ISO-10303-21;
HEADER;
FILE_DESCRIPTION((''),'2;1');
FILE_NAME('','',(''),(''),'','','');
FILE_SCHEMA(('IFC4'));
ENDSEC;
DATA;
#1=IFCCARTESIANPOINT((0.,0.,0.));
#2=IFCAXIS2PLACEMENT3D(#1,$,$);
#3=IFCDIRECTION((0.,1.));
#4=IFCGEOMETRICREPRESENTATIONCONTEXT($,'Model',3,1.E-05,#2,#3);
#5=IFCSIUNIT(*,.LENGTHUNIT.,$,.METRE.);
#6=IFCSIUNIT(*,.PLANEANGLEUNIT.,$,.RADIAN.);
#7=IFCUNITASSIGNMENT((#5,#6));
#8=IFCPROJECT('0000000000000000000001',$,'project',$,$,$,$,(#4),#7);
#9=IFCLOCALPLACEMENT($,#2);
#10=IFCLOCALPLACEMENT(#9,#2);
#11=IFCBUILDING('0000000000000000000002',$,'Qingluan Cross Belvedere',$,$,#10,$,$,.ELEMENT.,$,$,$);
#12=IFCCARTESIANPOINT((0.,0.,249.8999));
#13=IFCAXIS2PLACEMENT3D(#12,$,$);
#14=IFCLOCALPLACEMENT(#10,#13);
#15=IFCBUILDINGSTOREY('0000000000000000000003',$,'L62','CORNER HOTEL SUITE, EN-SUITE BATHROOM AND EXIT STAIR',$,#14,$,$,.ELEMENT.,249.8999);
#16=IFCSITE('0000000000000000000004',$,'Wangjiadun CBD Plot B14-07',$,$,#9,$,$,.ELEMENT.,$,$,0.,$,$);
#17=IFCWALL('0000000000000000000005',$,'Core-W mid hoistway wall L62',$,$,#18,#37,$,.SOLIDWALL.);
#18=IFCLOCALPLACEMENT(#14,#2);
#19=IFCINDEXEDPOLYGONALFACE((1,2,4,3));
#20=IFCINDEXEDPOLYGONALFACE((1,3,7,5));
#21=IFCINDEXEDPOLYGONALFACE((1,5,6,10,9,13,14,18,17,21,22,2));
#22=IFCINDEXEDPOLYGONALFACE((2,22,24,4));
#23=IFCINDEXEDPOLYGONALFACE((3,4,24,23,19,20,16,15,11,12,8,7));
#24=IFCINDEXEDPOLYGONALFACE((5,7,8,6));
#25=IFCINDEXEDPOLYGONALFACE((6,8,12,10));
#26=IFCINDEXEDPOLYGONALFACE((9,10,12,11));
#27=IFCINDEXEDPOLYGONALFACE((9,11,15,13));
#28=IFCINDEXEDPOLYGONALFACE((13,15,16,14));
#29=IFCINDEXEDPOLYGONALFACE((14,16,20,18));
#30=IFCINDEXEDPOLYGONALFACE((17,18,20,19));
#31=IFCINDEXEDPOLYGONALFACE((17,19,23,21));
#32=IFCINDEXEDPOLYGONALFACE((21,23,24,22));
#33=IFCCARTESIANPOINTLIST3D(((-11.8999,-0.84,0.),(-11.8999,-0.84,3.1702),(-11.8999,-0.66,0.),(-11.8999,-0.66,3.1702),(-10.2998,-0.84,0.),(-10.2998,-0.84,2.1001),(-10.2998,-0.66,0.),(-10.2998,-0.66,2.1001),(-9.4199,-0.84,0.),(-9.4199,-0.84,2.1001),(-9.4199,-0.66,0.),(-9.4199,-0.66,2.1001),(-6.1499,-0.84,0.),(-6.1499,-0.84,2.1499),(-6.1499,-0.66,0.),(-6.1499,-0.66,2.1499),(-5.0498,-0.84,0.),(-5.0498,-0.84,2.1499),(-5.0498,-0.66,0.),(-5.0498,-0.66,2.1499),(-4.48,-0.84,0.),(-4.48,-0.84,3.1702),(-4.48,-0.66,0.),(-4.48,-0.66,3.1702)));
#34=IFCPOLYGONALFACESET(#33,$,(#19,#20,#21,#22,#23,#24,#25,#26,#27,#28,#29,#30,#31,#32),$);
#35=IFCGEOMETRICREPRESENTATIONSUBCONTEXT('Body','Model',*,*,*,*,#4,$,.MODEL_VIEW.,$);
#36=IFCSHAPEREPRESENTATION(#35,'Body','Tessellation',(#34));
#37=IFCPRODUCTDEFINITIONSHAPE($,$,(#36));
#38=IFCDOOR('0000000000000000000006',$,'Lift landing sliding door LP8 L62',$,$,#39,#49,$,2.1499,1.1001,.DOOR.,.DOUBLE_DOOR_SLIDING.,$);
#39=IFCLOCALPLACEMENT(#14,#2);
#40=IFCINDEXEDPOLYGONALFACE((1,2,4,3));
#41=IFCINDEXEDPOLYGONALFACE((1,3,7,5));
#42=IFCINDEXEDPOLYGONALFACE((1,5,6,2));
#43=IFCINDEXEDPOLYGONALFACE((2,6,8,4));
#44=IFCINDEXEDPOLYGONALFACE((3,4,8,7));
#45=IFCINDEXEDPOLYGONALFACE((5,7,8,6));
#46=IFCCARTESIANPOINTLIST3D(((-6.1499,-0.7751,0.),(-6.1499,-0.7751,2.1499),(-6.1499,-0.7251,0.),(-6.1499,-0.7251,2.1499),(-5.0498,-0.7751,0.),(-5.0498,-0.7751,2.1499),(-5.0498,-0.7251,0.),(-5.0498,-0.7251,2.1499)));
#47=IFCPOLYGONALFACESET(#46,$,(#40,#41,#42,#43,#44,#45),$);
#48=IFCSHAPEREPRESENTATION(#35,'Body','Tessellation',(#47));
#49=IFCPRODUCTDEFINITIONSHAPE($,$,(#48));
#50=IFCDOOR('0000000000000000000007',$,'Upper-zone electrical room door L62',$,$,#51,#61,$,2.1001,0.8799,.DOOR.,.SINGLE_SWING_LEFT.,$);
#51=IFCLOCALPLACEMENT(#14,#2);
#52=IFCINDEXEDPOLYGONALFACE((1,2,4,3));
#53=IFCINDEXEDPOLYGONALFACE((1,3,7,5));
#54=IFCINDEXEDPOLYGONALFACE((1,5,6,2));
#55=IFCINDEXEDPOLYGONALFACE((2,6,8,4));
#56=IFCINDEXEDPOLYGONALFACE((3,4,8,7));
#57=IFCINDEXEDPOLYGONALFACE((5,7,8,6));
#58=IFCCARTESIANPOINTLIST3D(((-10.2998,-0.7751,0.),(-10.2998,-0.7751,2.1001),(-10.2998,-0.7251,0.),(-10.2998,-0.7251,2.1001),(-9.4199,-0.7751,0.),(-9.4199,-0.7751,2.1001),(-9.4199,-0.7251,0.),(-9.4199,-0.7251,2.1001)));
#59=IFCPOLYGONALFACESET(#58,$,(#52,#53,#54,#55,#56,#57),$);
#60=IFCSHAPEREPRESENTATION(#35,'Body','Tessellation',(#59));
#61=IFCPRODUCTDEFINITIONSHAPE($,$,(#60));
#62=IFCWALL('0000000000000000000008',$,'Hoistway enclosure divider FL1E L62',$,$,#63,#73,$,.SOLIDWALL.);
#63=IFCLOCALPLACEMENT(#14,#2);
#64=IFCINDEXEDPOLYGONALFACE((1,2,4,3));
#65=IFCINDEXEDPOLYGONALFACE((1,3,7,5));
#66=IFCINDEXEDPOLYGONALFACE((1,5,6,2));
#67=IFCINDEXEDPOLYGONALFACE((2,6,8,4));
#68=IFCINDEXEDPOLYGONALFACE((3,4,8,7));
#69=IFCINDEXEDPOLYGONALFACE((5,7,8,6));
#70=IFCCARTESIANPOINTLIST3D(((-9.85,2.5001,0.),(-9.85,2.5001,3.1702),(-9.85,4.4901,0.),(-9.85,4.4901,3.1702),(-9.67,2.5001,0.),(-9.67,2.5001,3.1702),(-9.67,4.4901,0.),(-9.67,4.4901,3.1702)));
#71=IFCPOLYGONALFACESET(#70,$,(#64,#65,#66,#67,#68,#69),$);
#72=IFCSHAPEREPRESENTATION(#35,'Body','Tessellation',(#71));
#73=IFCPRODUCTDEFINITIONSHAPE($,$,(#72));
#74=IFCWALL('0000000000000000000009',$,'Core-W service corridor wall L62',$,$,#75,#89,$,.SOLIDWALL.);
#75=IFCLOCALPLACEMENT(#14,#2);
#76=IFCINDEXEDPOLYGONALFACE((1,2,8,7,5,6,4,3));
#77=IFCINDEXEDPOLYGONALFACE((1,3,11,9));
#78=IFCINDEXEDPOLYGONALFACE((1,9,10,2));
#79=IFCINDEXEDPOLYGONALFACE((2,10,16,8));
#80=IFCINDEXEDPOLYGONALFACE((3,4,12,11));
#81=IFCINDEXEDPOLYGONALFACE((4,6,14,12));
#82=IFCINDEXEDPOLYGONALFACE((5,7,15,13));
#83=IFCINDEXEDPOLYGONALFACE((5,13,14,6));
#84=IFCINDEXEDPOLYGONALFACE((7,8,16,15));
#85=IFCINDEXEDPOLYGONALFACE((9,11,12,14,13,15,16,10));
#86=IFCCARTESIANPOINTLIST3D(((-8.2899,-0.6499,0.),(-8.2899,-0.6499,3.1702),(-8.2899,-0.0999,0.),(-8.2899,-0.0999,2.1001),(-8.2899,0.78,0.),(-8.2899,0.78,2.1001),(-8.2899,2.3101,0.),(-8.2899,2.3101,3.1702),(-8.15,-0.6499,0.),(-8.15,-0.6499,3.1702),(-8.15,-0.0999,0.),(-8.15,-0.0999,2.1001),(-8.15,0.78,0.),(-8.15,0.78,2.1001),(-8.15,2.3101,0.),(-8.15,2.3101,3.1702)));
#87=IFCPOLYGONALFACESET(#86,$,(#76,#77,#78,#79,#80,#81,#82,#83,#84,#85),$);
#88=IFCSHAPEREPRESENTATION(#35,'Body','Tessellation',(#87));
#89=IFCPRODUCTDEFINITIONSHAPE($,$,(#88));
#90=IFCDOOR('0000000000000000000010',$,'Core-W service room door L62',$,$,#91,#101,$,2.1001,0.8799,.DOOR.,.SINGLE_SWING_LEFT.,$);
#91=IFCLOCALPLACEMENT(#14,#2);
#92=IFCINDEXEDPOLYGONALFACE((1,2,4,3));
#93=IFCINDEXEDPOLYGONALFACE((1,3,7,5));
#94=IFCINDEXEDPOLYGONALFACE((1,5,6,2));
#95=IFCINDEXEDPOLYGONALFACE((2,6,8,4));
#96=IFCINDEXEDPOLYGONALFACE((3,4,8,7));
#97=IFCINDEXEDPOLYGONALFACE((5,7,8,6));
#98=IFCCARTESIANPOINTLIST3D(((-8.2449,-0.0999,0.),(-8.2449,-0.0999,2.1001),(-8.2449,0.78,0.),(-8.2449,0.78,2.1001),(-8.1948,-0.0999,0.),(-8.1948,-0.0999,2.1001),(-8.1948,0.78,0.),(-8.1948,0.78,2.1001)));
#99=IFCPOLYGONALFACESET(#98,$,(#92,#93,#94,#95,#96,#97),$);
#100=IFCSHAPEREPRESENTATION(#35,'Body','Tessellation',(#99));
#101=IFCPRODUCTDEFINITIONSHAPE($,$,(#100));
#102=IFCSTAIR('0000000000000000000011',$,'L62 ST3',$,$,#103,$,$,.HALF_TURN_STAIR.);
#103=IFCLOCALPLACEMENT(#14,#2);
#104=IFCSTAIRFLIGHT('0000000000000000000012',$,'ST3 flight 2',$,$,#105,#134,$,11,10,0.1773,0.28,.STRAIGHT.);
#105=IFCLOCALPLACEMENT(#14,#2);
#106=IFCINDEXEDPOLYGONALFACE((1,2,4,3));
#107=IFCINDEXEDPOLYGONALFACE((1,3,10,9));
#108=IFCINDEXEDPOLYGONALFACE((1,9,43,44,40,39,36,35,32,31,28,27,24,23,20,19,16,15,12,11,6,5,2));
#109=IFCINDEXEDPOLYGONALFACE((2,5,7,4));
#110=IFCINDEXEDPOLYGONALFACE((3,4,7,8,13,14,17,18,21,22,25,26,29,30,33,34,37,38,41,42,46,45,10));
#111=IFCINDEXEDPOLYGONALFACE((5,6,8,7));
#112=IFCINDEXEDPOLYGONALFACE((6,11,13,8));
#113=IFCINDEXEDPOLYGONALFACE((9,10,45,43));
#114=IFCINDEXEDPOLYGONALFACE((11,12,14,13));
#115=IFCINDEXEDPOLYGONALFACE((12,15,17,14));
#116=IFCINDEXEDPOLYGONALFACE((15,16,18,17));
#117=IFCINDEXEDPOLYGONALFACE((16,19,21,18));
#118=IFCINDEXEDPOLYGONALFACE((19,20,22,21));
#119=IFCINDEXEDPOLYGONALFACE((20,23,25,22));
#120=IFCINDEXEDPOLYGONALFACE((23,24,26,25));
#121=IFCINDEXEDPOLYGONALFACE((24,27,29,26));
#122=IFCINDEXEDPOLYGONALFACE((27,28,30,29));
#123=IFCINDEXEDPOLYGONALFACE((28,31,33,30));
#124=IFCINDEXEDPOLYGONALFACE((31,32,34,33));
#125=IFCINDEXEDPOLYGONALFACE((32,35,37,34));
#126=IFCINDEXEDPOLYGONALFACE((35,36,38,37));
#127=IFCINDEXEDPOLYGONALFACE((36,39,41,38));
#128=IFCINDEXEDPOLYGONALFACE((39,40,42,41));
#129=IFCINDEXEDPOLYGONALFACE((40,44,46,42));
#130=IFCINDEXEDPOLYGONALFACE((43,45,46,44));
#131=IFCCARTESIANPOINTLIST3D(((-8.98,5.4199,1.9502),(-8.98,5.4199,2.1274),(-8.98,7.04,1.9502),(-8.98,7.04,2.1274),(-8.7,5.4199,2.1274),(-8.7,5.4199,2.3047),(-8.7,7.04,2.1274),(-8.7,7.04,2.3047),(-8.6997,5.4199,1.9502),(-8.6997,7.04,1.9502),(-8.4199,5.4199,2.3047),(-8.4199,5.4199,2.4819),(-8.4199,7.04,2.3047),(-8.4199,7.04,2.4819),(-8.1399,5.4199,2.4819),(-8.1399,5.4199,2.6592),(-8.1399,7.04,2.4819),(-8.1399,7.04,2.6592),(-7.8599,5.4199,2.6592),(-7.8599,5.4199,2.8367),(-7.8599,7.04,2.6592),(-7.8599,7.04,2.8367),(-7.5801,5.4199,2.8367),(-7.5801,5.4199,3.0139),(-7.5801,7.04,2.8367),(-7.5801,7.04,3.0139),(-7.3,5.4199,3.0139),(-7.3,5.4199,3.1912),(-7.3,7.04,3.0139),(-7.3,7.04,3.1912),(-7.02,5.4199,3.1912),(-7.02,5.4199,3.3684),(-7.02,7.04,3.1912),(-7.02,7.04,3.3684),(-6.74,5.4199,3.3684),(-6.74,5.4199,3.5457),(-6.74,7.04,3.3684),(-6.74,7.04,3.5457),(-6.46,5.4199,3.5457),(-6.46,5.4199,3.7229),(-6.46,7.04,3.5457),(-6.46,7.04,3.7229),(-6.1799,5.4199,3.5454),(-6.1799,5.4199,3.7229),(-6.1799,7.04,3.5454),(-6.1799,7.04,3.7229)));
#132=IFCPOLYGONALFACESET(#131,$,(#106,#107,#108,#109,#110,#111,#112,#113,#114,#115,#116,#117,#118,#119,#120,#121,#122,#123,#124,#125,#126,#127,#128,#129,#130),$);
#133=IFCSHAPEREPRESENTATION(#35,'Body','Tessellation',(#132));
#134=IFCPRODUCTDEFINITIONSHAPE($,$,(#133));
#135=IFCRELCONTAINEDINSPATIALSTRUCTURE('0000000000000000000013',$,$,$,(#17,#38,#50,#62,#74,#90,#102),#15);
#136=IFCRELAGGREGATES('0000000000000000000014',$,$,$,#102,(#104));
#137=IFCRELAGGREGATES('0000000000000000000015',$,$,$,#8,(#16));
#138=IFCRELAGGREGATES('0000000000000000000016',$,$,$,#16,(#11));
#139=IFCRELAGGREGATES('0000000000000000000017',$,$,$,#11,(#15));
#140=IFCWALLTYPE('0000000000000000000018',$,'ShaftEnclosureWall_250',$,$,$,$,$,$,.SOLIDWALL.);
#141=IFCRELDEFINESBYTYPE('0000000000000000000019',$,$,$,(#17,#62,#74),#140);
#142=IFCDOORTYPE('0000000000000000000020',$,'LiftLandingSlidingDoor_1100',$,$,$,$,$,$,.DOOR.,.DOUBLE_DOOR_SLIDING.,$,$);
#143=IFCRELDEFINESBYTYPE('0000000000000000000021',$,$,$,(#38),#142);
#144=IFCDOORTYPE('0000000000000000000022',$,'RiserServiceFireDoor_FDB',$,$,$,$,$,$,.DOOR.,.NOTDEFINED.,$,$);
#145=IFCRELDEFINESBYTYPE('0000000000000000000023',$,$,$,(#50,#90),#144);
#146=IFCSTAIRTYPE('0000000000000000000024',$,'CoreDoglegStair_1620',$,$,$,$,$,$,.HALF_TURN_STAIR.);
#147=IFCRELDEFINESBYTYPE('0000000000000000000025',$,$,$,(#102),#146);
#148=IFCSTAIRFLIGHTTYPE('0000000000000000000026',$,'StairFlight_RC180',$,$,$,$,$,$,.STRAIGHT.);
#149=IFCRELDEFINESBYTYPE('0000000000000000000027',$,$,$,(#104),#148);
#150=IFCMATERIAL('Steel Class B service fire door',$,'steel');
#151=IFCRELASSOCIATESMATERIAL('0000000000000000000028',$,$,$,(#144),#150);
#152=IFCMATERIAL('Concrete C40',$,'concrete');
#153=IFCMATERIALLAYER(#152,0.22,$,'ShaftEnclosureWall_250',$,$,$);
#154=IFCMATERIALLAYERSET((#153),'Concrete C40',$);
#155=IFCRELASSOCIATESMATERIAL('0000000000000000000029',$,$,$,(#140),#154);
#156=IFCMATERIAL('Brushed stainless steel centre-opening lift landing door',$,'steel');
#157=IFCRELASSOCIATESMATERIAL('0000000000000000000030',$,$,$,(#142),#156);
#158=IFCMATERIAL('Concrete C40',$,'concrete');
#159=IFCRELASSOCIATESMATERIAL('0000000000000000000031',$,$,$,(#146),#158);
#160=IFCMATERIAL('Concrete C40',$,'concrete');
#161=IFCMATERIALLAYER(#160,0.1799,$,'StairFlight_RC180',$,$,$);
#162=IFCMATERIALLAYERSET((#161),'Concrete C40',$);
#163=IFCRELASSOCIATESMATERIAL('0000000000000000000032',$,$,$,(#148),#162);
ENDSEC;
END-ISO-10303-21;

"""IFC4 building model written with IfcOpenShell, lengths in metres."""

from ifc_helpers import new_model, si_unit, direction, frame, frame_2d, origin, place, context, subcontext, project, spatial, polyline, rectangle, outline, extrude, material, layer, layer_set, type_object, element, fill, aggregate, save


model = new_model("IFC4")

# Units and contexts
model_context = context("Model", 3, precision=1e-05, world=origin(), true_north=direction((0.0, 1.0)))
body_context = subcontext(model_context, "Body", "Model", "MODEL_VIEW")
ifc_project = project(units=[si_unit("LENGTHUNIT", "METRE"), si_unit("PLANEANGLEUNIT", "RADIAN")], contexts=[model_context])

# Site, building, storey
site_placement = place(None, origin())
site = spatial("IfcSite", under=ifc_project, at=site_placement, Name="Wangjiadun CBD Plot B14-07", CompositionType="ELEMENT", RefElevation=0.0)
building_placement = place(site_placement, origin())
building = spatial("IfcBuilding", under=site, at=building_placement, Name="Qingluan Cross Belvedere", CompositionType="ELEMENT")
storey_placement = place(building_placement, frame((0.0, 0.0, 249.8999)))
storey = spatial("IfcBuildingStorey", under=building, at=storey_placement, Name="L62", Description="CORNER HOTEL SUITE, EN-SUITE BATHROOM AND EXIT STAIR", CompositionType="ELEMENT", Elevation=249.8999)

# Shared definitions
ifc_material_1 = material(Name="Steel Class B service fire door", Category="steel")
door_type_1 = type_object("IfcDoorType", Name="RiserServiceFireDoor_FDB", OperationType="NOTDEFINED", PredefinedType="DOOR", material=ifc_material_1)

# Wall, openings, doors
ifc_material_2 = material(Name="Concrete C40", Category="concrete")
ifc_layer_1 = layer(ifc_material_2, 0.22, Name="ShaftEnclosureWall_250")
ifc_layer_set_1 = layer_set([ifc_layer_1], Name="Concrete C40")
wall_type_1 = type_object("IfcWallType", Name="ShaftEnclosureWall_250", PredefinedType="SOLIDWALL", material=ifc_layer_set_1)
ifc_material_3 = material(Name="Brushed stainless steel centre-opening lift landing door", Category="steel")
door_type_2 = type_object("IfcDoorType", Name="LiftLandingSlidingDoor_1100", OperationType="DOUBLE_DOOR_SLIDING", PredefinedType="DOOR", material=ifc_material_3)
wall_1_placement = place(storey_placement, frame((-11.8999, -0.75, 0.0), z_axis=(0.0, 0.0, 1.0), x_axis=(1.0, 0.0, 0.0)))
wall_1 = element("IfcWall", 1, at=wall_1_placement, inside=storey, type_object=wall_type_1, Name="Core-W mid hoistway wall L62", PredefinedType="SOLIDWALL", context=body_context, shape_type="SweptSolid", body=[
    extrude(rectangle(XDim=7.4199, YDim=0.1799, at=frame_2d((3.71, 0.0))), origin(), (0.0, 0.0, 1.0), 3.1702),
])
opening_1_placement = place(wall_1_placement, frame((5.75, 0.0, 0.0)))
opening_1 = element("IfcOpeningElement", 2, at=opening_1_placement, cuts=wall_1, PredefinedType="OPENING", context=body_context, shape_type="SweptSolid", body=[
    extrude(rectangle(XDim=1.1001, YDim=2.1499, at=frame_2d((0.55, 1.075))), frame((0.0, 0.0999, 0.0), z_axis=(0.0, -1.0, 0.0), x_axis=(1.0, 0.0, 0.0)), (0.0, 0.0, 1.0), 0.2),
])
opening_2_placement = place(wall_1_placement, frame((1.6001, 0.0, 0.0)))
opening_2 = element("IfcOpeningElement", 3, at=opening_2_placement, cuts=wall_1, PredefinedType="OPENING", context=body_context, shape_type="SweptSolid", body=[
    extrude(rectangle(XDim=0.8799, YDim=2.1001, at=frame_2d((0.4399, 1.05))), frame((0.0, 0.0999, 0.0), z_axis=(0.0, -1.0, 0.0), x_axis=(1.0, 0.0, 0.0)), (0.0, 0.0, 1.0), 0.2),
])
door_1_placement = place(opening_1_placement, origin())
door_1 = element("IfcDoor", 4, at=door_1_placement, inside=storey, type_object=door_type_2, Name="Lift landing sliding door LP8 L62", OperationType="DOUBLE_DOOR_SLIDING", OverallHeight=2.1499, OverallWidth=1.1001, PredefinedType="DOOR", context=body_context, shape_type="SweptSolid", body=[
    extrude(rectangle(XDim=1.1001, YDim=2.1499, at=frame_2d((0.55, 1.075))), frame((0.0, 0.0249, 0.0), z_axis=(0.0, -1.0, 0.0), x_axis=(1.0, 0.0, 0.0)), (0.0, 0.0, 1.0), 0.05),
])
fill(opening_1, door_1)
door_2_placement = place(opening_2_placement, origin())
door_2 = element("IfcDoor", 5, at=door_2_placement, inside=storey, type_object=door_type_1, Name="Upper-zone electrical room door L62", OperationType="SINGLE_SWING_LEFT", OverallHeight=2.1001, OverallWidth=0.8799, PredefinedType="DOOR", context=body_context, shape_type="SweptSolid", body=[
    extrude(rectangle(XDim=0.8799, YDim=2.1001, at=frame_2d((0.4399, 1.05))), frame((0.0, 0.0249, 0.0), z_axis=(0.0, -1.0, 0.0), x_axis=(1.0, 0.0, 0.0)), (0.0, 0.0, 1.0), 0.05),
])
fill(opening_2, door_2)

# Wall
wall_2_placement = place(storey_placement, frame((-9.76, 2.5, 0.0), z_axis=(0.0, 0.0, 1.0), x_axis=(0.0, 1.0, 0.0)))
element("IfcWall", 6, at=wall_2_placement, inside=storey, type_object=wall_type_1, Name="Hoistway enclosure divider FL1E L62", PredefinedType="SOLIDWALL", context=body_context, shape_type="SweptSolid", body=[
    extrude(rectangle(XDim=1.99, YDim=0.1799, at=frame_2d((0.9951, 0.0))), origin(), (0.0, 0.0, 1.0), 3.1702),
])

# Wall, opening, door
wall_3_placement = place(storey_placement, frame((-8.22, -0.6499, 0.0), z_axis=(0.0, 0.0, 1.0), x_axis=(0.0, 1.0, 0.0)))
wall_3 = element("IfcWall", 7, at=wall_3_placement, inside=storey, type_object=wall_type_1, Name="Core-W service corridor wall L62", PredefinedType="SOLIDWALL", context=body_context, shape_type="SweptSolid", body=[
    extrude(rectangle(XDim=2.96, YDim=0.1399, at=frame_2d((1.48, 0.0))), origin(), (0.0, 0.0, 1.0), 3.1702),
])
opening_3_placement = place(wall_3_placement, frame((0.55, 0.0, 0.0)))
opening_3 = element("IfcOpeningElement", 8, at=opening_3_placement, cuts=wall_3, PredefinedType="OPENING", context=body_context, shape_type="SweptSolid", body=[
    extrude(rectangle(XDim=0.8799, YDim=2.1001, at=frame_2d((0.4399, 1.05))), frame((0.0, 0.0798, 0.0), z_axis=(0.0, -1.0, 0.0), x_axis=(1.0, 0.0, 0.0)), (0.0, 0.0, 1.0), 0.1599),
])
door_3_placement = place(opening_3_placement, origin())
door_3 = element("IfcDoor", 9, at=door_3_placement, inside=storey, type_object=door_type_1, Name="Core-W service room door L62", OperationType="SINGLE_SWING_LEFT", OverallHeight=2.1001, OverallWidth=0.8799, PredefinedType="DOOR", context=body_context, shape_type="SweptSolid", body=[
    extrude(rectangle(XDim=0.8799, YDim=2.1001, at=frame_2d((0.4399, 1.05))), frame((0.0, 0.0249, 0.0), z_axis=(0.0, -1.0, 0.0), x_axis=(1.0, 0.0, 0.0)), (0.0, 0.0, 1.0), 0.05),
])
fill(opening_3, door_3)

# Stair, stair flight
ifc_material_4 = material(Name="Concrete C40", Category="concrete")
stair_type = type_object("IfcStairType", Name="CoreDoglegStair_1620", PredefinedType="HALF_TURN_STAIR", material=ifc_material_4)
stair_placement = place(storey_placement, origin())
stair = element("IfcStair", 10, at=stair_placement, inside=storey, type_object=stair_type, Name="L62 ST3", PredefinedType="HALF_TURN_STAIR")
ifc_material_5 = material(Name="Concrete C40", Category="concrete")
ifc_layer_2 = layer(ifc_material_5, 0.1799, Name="StairFlight_RC180")
ifc_layer_set_2 = layer_set([ifc_layer_2], Name="Concrete C40")
stair_flight_type = type_object("IfcStairFlightType", Name="StairFlight_RC180", PredefinedType="STRAIGHT", material=ifc_layer_set_2)
stair_flight_placement = place(storey_placement, frame((-8.98, 6.23, 1.9502), z_axis=(0.0, 0.0, 1.0), x_axis=(1.0, 0.0, 0.0)))
stair_flight = element("IfcStairFlight", 11, at=stair_flight_placement, type_object=stair_flight_type, Name="ST3 flight 2", NumberOfRisers=11, NumberOfTreads=10, PredefinedType="STRAIGHT", RiserHeight=0.1773, TreadLength=0.28, context=body_context, shape_type="SweptSolid", body=[
    extrude(outline(polyline([(0.0, 0.0), (0.0, 0.1772), (0.28, 0.1772), (0.28, 0.3545), (0.5601, 0.3545), (0.5601, 0.5317), (0.8401, 0.5317), (0.8401, 0.709), (1.1201, 0.709), (1.1201, 0.8865), (1.3999, 0.8865), (1.3999, 1.0637), (1.6799, 1.0637), (1.6799, 1.241), (1.96, 1.241), (1.96, 1.4182), (2.24, 1.4182), (2.24, 1.5955), (2.52, 1.5955), (2.52, 1.7727), (2.8, 1.7727), (2.8, 1.95), (2.8, 1.5952), (0.2803, 0.0), (0.0, 0.0)])), frame((0.0, 0.8101, 0.0), z_axis=(0.0, -1.0, 0.0), x_axis=(1.0, 0.0, 0.0)), (0.0, 0.0, 1.0), 1.6201),
])
aggregate(stair, [stair_flight])

save(model, "model.ifc")
